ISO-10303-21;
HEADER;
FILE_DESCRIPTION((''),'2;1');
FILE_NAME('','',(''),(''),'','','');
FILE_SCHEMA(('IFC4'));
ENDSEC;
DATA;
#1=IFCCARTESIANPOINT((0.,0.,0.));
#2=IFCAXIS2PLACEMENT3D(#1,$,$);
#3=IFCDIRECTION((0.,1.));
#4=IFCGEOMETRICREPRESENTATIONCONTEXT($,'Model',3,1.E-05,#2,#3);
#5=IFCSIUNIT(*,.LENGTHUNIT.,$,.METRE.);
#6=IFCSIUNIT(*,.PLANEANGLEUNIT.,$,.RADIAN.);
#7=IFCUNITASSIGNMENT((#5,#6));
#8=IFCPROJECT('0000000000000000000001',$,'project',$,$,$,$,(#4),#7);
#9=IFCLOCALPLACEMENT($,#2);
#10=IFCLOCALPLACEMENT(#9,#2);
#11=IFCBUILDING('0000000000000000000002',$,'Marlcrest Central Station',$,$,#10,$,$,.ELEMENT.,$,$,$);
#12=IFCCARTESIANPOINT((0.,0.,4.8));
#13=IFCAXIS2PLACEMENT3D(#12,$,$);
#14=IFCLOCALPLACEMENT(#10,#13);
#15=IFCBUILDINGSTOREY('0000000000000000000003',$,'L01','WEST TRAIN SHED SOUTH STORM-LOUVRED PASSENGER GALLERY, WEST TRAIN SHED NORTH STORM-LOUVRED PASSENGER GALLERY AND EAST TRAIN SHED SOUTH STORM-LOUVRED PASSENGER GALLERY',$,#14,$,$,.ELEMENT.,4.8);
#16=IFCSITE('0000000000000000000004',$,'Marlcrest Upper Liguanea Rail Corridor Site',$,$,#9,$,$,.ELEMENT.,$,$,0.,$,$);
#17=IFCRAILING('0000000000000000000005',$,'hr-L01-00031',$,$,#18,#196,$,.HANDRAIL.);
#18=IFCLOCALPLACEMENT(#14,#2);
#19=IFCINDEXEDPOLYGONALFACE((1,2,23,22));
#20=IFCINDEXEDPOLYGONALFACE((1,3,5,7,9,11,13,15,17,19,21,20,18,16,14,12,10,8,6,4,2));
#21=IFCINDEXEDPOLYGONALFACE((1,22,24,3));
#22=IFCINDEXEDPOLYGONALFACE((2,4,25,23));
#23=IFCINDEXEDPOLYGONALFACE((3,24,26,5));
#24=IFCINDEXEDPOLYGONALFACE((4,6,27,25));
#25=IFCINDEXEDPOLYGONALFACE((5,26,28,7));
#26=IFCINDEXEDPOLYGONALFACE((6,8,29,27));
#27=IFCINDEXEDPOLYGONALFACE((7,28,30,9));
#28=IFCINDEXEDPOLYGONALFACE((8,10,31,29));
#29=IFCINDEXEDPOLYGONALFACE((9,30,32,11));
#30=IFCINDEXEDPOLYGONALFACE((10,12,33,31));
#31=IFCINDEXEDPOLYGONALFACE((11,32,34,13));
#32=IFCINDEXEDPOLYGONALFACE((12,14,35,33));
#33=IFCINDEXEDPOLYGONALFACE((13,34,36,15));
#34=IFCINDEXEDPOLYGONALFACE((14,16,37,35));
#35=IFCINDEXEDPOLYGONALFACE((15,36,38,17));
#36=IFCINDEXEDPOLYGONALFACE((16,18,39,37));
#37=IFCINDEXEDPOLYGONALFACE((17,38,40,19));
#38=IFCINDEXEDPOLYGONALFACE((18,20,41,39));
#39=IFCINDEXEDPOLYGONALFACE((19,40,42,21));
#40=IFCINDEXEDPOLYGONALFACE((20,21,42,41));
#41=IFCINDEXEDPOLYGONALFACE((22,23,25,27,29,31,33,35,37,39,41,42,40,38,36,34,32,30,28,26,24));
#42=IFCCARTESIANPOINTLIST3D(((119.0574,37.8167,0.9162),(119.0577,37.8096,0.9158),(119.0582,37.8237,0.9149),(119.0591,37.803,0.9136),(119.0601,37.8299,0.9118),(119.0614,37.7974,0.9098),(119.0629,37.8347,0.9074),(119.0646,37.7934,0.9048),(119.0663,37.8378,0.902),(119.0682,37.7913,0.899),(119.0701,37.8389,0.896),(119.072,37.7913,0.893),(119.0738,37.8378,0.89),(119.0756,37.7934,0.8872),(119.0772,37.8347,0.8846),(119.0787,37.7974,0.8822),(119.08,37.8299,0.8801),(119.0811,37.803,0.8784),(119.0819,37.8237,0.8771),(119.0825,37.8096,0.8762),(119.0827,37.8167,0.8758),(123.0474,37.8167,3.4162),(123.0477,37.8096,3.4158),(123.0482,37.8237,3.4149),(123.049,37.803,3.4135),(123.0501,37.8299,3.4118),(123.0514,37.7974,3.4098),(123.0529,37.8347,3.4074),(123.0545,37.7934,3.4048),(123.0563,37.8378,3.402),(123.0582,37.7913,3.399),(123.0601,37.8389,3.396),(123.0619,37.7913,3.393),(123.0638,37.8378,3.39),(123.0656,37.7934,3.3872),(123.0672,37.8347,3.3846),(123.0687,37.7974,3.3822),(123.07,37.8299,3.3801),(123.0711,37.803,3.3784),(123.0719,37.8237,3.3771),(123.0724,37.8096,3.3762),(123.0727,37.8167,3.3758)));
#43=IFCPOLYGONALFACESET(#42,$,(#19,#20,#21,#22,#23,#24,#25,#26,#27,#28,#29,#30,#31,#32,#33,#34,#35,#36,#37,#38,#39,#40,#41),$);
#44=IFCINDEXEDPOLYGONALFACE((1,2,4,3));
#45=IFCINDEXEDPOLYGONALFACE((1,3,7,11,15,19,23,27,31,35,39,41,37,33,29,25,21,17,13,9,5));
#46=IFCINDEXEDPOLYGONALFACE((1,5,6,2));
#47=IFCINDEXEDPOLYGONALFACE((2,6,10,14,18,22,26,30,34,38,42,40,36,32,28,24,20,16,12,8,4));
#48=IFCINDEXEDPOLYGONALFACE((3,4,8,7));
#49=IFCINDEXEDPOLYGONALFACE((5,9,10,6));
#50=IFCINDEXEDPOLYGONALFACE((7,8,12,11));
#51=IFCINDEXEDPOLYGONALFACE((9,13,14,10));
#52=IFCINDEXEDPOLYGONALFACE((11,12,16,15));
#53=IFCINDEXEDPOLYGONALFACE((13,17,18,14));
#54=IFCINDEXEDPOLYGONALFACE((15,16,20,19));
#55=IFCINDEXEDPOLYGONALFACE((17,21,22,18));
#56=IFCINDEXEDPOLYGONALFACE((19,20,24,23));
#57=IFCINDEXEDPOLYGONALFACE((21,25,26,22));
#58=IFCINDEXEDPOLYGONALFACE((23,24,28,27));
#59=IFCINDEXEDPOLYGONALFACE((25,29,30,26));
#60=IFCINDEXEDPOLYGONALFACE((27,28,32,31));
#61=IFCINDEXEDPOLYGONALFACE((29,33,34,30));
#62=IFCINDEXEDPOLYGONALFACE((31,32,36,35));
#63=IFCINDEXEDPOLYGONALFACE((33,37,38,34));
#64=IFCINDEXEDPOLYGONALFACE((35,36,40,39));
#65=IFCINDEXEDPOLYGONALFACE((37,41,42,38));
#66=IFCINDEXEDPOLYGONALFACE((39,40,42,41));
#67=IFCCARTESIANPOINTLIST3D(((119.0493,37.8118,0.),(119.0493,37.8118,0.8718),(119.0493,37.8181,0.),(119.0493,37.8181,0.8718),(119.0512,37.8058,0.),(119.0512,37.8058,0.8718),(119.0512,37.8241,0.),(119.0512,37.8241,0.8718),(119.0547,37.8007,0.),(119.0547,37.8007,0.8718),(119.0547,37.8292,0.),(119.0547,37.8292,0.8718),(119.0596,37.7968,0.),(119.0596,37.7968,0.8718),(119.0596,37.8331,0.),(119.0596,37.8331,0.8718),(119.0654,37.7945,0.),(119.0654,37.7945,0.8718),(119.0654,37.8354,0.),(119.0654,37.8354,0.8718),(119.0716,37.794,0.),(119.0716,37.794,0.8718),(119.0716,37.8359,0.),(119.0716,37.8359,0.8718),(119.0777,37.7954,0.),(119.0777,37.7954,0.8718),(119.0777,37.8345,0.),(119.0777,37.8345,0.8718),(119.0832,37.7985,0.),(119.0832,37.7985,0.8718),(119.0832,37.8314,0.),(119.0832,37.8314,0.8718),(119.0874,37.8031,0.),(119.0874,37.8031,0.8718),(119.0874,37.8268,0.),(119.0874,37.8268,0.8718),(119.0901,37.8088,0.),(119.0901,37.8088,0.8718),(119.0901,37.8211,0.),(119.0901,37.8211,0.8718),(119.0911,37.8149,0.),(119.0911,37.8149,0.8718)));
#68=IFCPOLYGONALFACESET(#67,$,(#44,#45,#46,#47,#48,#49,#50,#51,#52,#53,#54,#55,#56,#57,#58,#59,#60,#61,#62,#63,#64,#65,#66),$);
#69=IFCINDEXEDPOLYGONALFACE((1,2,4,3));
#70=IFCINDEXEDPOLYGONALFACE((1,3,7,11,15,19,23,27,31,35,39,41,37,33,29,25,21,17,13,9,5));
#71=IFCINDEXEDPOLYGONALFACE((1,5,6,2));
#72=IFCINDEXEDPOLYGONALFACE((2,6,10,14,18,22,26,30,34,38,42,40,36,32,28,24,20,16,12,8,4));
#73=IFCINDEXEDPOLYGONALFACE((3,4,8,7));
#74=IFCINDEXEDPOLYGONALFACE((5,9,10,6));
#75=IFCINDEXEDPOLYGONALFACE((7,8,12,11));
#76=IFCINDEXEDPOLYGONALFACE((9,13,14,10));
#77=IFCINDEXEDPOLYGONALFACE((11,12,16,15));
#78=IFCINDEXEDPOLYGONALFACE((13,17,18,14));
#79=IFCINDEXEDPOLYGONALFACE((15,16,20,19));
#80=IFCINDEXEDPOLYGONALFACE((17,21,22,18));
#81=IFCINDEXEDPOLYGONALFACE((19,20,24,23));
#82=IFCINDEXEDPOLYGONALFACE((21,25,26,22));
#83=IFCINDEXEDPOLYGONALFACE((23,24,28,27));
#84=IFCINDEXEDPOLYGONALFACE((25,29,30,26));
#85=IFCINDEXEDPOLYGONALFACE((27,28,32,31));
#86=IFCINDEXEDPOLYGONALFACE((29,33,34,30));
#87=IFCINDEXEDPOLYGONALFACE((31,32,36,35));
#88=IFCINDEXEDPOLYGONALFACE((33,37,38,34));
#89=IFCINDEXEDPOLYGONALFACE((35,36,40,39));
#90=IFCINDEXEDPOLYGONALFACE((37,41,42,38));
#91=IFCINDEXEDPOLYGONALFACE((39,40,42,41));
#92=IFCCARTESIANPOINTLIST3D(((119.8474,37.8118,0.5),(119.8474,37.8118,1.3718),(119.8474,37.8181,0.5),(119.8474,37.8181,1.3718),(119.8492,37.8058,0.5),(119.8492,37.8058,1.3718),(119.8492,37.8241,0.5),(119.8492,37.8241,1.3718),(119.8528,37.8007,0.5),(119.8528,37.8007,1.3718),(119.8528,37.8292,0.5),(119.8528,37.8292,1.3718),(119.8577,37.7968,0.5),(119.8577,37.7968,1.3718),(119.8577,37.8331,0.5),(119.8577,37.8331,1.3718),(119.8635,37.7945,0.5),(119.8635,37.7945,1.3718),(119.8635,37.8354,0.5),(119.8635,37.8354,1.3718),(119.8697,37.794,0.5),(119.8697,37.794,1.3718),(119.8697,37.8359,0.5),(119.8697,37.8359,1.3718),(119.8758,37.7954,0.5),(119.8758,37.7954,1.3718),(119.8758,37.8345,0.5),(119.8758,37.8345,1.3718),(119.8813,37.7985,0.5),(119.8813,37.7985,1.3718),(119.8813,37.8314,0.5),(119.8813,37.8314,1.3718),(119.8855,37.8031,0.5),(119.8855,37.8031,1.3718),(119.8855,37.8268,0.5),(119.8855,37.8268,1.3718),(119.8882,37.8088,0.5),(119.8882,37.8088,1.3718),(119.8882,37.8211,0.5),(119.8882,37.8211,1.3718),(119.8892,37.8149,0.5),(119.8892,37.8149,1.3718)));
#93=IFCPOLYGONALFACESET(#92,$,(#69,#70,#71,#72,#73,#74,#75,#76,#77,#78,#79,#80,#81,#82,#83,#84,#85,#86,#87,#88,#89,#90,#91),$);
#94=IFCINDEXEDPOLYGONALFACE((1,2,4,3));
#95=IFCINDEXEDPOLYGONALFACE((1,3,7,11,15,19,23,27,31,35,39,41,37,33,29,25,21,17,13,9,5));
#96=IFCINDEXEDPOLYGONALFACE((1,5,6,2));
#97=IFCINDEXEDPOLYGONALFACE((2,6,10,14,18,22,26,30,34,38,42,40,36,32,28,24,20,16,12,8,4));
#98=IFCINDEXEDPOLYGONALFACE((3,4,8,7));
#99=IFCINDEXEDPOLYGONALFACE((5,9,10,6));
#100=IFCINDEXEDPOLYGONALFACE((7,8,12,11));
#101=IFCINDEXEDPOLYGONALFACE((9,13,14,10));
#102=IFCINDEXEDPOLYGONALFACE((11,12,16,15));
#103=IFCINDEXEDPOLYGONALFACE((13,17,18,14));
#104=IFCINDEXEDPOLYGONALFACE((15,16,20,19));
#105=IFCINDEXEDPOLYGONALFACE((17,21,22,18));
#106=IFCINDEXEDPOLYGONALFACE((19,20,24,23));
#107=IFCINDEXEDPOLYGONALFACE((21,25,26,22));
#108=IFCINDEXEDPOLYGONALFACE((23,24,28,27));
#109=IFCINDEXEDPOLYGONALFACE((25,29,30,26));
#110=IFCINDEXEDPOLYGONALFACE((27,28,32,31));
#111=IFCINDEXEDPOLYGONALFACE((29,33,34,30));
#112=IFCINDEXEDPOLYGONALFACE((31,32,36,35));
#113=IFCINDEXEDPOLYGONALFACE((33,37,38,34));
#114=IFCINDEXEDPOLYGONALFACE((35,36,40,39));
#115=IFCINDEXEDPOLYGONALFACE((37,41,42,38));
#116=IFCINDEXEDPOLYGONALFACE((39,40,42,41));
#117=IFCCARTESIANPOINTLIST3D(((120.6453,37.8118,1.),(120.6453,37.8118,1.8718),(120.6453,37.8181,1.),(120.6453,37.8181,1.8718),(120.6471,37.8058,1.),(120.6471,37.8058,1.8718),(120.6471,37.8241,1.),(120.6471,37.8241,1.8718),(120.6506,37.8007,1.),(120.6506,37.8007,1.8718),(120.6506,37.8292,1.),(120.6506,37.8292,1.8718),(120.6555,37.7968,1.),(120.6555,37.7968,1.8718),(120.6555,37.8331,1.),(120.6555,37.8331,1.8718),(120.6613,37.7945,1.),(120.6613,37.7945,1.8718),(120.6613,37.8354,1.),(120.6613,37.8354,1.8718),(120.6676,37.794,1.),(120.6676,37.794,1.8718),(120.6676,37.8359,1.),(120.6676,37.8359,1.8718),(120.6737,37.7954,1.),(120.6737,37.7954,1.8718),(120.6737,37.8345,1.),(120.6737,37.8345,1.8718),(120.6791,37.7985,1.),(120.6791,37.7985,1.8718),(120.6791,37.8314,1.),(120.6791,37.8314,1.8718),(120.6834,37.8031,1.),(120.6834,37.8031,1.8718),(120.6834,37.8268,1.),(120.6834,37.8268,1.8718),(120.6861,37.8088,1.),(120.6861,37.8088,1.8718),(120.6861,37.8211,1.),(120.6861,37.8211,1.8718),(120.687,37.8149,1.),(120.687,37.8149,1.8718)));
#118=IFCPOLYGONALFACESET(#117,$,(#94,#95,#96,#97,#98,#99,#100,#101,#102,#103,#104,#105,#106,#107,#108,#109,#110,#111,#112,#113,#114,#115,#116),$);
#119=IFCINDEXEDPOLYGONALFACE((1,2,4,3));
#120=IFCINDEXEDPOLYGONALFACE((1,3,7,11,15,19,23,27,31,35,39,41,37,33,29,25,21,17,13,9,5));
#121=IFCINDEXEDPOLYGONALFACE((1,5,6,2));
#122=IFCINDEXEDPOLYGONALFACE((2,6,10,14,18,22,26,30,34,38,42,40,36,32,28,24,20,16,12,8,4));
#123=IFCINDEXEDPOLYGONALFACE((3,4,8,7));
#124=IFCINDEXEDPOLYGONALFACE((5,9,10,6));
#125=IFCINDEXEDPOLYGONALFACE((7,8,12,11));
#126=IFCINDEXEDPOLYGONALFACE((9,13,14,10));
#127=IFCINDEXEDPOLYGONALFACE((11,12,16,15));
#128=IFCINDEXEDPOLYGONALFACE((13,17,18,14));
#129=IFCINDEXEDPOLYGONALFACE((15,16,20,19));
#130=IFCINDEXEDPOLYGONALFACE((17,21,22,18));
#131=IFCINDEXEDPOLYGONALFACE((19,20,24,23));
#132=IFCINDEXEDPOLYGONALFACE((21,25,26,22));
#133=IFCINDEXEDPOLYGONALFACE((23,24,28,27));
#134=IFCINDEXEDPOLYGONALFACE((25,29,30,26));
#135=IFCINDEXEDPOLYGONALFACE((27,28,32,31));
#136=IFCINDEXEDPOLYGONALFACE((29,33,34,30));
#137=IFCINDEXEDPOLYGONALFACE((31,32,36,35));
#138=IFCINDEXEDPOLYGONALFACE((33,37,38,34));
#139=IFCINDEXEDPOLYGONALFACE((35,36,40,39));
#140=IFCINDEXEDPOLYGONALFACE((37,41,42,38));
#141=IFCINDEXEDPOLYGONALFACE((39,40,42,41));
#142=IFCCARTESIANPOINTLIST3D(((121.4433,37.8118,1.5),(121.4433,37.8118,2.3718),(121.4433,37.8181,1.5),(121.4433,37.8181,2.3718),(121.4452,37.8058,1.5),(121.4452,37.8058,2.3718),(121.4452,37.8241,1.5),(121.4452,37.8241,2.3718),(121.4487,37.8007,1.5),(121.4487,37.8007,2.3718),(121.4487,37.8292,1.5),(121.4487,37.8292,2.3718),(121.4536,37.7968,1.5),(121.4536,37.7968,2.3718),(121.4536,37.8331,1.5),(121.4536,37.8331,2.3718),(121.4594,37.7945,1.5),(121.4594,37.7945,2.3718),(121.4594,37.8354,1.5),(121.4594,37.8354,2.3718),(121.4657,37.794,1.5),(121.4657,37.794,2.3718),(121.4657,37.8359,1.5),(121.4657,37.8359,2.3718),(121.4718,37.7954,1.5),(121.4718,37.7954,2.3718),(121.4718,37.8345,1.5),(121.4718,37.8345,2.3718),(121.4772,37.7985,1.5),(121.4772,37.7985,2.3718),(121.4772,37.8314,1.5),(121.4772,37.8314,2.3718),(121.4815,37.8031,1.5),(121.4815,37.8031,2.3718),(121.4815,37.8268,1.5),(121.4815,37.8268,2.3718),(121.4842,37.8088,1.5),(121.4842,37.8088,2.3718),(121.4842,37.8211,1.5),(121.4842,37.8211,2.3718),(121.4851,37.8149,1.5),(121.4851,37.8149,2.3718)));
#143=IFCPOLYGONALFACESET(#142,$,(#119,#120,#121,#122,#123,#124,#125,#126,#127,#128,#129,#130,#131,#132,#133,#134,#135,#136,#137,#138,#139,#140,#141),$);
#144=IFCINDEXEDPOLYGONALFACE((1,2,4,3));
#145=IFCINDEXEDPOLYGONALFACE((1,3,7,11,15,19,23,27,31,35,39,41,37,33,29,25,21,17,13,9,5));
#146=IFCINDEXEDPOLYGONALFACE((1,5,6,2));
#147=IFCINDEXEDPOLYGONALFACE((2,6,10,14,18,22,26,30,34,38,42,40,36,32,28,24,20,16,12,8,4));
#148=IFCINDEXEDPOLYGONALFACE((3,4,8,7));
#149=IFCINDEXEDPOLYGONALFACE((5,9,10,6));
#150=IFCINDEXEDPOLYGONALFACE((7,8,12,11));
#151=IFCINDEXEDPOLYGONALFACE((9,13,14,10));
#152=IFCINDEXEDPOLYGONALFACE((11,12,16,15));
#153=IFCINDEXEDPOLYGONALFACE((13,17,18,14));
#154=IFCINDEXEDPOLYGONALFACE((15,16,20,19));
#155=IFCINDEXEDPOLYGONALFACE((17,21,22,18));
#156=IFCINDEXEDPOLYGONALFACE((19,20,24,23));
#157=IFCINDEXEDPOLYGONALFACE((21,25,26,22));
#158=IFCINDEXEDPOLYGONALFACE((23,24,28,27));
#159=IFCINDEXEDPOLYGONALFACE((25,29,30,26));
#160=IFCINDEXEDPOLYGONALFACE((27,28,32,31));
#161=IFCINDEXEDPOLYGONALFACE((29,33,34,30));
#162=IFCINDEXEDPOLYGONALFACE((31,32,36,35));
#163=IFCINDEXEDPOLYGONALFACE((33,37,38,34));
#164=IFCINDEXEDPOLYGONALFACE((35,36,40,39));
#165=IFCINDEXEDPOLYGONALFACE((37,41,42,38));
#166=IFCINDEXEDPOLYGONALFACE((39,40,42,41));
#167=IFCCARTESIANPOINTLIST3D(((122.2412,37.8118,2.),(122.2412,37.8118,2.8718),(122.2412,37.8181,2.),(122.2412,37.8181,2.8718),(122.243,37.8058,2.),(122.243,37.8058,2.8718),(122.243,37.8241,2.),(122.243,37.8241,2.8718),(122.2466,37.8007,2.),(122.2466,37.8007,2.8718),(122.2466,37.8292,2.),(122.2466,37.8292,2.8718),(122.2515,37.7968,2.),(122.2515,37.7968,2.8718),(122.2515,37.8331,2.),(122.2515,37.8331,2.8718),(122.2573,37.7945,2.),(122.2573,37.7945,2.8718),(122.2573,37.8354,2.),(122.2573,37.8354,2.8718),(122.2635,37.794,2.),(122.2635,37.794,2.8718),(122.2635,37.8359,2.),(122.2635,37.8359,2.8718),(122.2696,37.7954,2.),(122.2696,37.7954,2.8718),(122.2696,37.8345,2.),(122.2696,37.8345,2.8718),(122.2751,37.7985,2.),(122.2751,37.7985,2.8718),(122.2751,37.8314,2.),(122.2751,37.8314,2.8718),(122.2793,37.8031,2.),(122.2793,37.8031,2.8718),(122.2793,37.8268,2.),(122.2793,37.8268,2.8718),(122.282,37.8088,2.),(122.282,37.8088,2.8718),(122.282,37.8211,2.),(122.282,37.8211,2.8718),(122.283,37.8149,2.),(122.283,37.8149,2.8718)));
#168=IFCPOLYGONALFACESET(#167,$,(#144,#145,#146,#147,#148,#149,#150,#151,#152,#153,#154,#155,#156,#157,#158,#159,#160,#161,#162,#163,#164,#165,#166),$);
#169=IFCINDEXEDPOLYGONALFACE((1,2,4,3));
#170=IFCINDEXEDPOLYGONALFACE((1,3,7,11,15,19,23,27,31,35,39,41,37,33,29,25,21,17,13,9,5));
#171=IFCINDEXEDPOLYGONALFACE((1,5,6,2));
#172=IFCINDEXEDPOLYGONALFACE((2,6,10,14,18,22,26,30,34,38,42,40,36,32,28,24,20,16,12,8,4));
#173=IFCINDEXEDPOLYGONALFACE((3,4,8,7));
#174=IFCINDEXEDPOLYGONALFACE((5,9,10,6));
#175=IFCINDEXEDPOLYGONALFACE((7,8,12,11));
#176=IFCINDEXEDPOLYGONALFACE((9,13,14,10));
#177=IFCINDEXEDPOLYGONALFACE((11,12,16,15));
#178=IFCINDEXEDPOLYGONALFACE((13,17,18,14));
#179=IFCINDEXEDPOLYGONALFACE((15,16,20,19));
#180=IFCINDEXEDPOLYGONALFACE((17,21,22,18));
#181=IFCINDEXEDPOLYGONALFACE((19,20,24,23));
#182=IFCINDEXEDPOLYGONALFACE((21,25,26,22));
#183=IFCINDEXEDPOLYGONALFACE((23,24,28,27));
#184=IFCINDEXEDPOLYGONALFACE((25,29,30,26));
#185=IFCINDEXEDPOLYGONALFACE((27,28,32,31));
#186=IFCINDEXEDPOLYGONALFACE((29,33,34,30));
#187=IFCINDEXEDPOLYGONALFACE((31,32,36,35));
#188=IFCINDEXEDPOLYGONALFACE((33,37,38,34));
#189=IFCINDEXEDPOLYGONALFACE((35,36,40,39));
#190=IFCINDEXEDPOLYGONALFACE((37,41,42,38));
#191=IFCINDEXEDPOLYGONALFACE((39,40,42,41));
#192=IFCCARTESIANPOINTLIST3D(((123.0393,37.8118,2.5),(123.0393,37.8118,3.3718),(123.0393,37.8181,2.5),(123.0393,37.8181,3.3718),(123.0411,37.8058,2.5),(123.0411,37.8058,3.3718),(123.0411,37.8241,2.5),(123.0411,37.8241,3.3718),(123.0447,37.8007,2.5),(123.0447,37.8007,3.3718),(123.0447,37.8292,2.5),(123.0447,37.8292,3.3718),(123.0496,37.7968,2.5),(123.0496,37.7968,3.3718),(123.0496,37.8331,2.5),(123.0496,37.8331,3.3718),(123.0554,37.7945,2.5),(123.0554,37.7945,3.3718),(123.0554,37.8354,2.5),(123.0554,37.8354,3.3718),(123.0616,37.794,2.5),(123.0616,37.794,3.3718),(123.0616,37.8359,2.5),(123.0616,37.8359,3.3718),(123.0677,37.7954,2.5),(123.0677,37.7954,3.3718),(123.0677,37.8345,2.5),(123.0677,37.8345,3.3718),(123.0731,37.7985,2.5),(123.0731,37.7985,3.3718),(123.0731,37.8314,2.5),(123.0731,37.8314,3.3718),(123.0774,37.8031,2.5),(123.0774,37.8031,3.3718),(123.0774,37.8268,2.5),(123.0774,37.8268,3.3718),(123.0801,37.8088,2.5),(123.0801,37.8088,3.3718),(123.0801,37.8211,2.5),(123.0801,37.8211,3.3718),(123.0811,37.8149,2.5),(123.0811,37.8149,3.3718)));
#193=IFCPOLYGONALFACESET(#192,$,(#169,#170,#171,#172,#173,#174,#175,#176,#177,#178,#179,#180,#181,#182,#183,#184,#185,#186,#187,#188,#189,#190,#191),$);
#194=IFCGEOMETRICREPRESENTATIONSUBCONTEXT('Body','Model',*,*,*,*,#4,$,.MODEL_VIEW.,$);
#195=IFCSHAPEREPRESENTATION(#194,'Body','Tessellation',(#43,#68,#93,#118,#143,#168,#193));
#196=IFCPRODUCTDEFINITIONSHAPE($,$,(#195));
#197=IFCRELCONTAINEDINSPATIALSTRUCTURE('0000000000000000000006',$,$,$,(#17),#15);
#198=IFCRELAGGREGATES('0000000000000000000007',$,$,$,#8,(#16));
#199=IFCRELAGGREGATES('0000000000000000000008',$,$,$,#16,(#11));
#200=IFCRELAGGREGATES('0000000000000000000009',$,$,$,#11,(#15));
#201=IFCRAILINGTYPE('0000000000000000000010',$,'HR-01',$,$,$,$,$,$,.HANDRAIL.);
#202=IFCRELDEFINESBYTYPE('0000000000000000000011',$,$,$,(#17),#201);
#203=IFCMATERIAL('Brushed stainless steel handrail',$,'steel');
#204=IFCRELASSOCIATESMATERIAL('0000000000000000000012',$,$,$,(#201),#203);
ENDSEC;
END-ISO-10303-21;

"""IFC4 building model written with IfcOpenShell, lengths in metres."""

from ifc_helpers import new_model, si_unit, direction, frame, origin, origin_2d, place, context, subcontext, project, spatial, circle, extrude, material, type_object, element, save


model = new_model("IFC4")

# Units and contexts
model_context = context("Model", 3, precision=1e-05, world=origin(), true_north=direction((0.0, 1.0)))
body_context = subcontext(model_context, "Body", "Model", "MODEL_VIEW")
ifc_project = project(units=[si_unit("LENGTHUNIT", "METRE"), si_unit("PLANEANGLEUNIT", "RADIAN")], contexts=[model_context])

# Site, building, storey
site_placement = place(None, origin())
site = spatial("IfcSite", under=ifc_project, at=site_placement, Name="Marlcrest Upper Liguanea Rail Corridor Site", CompositionType="ELEMENT", RefElevation=0.0)
building_placement = place(site_placement, origin())
building = spatial("IfcBuilding", under=site, at=building_placement, Name="Marlcrest Central Station", CompositionType="ELEMENT")
storey_placement = place(building_placement, frame((0.0, 0.0, 4.8)))
storey = spatial("IfcBuildingStorey", under=building, at=storey_placement, Name="L01", Description="WEST TRAIN SHED SOUTH STORM-LOUVRED PASSENGER GALLERY, WEST TRAIN SHED NORTH STORM-LOUVRED PASSENGER GALLERY AND EAST TRAIN SHED SOUTH STORM-LOUVRED PASSENGER GALLERY", CompositionType="ELEMENT", Elevation=4.8)

# Railing
ifc_material_1 = material(Name="Brushed stainless steel handrail", Category="steel")
railing_type_1 = type_object("IfcRailingType", Name="HR-01", PredefinedType="HANDRAIL", material=ifc_material_1)
railing_1_placement = place(storey_placement, frame((119.0701, 37.8149, 0.0)))
element("IfcRailing", 1, at=railing_1_placement, inside=storey, type_object=railing_type_1, Name="hr-L01-00031", PredefinedType="HANDRAIL", context=body_context, shape_type="SweptSolid", body=[
    extrude(circle(Radius=0.0239, at=origin_2d()), frame((0.0, 0.0, 0.896), z_axis=(0.847401, 0.0, 0.530954), x_axis=(0.0, 1.0, 0.0)), (0.0, 0.0, 1.0), 4.7085),
    extrude(circle(Radius=0.021, at=origin_2d()), origin(), (0.0, 0.0, 1.0), 0.8718),
    extrude(circle(Radius=0.021, at=origin_2d()), frame((0.7981, 0.0, 0.5)), (0.0, 0.0, 1.0), 0.8718),
    extrude(circle(Radius=0.021, at=origin_2d()), frame((1.5959, 0.0, 1.0)), (0.0, 0.0, 1.0), 0.8718),
    extrude(circle(Radius=0.021, at=origin_2d()), frame((2.394, 0.0, 1.5)), (0.0, 0.0, 1.0), 0.8718),
    extrude(circle(Radius=0.021, at=origin_2d()), frame((3.1919, 0.0, 2.0)), (0.0, 0.0, 1.0), 0.8718),
    extrude(circle(Radius=0.021, at=origin_2d()), frame((3.99, 0.0, 2.5)), (0.0, 0.0, 1.0), 0.8718),
])

save(model, "model.ifc")
